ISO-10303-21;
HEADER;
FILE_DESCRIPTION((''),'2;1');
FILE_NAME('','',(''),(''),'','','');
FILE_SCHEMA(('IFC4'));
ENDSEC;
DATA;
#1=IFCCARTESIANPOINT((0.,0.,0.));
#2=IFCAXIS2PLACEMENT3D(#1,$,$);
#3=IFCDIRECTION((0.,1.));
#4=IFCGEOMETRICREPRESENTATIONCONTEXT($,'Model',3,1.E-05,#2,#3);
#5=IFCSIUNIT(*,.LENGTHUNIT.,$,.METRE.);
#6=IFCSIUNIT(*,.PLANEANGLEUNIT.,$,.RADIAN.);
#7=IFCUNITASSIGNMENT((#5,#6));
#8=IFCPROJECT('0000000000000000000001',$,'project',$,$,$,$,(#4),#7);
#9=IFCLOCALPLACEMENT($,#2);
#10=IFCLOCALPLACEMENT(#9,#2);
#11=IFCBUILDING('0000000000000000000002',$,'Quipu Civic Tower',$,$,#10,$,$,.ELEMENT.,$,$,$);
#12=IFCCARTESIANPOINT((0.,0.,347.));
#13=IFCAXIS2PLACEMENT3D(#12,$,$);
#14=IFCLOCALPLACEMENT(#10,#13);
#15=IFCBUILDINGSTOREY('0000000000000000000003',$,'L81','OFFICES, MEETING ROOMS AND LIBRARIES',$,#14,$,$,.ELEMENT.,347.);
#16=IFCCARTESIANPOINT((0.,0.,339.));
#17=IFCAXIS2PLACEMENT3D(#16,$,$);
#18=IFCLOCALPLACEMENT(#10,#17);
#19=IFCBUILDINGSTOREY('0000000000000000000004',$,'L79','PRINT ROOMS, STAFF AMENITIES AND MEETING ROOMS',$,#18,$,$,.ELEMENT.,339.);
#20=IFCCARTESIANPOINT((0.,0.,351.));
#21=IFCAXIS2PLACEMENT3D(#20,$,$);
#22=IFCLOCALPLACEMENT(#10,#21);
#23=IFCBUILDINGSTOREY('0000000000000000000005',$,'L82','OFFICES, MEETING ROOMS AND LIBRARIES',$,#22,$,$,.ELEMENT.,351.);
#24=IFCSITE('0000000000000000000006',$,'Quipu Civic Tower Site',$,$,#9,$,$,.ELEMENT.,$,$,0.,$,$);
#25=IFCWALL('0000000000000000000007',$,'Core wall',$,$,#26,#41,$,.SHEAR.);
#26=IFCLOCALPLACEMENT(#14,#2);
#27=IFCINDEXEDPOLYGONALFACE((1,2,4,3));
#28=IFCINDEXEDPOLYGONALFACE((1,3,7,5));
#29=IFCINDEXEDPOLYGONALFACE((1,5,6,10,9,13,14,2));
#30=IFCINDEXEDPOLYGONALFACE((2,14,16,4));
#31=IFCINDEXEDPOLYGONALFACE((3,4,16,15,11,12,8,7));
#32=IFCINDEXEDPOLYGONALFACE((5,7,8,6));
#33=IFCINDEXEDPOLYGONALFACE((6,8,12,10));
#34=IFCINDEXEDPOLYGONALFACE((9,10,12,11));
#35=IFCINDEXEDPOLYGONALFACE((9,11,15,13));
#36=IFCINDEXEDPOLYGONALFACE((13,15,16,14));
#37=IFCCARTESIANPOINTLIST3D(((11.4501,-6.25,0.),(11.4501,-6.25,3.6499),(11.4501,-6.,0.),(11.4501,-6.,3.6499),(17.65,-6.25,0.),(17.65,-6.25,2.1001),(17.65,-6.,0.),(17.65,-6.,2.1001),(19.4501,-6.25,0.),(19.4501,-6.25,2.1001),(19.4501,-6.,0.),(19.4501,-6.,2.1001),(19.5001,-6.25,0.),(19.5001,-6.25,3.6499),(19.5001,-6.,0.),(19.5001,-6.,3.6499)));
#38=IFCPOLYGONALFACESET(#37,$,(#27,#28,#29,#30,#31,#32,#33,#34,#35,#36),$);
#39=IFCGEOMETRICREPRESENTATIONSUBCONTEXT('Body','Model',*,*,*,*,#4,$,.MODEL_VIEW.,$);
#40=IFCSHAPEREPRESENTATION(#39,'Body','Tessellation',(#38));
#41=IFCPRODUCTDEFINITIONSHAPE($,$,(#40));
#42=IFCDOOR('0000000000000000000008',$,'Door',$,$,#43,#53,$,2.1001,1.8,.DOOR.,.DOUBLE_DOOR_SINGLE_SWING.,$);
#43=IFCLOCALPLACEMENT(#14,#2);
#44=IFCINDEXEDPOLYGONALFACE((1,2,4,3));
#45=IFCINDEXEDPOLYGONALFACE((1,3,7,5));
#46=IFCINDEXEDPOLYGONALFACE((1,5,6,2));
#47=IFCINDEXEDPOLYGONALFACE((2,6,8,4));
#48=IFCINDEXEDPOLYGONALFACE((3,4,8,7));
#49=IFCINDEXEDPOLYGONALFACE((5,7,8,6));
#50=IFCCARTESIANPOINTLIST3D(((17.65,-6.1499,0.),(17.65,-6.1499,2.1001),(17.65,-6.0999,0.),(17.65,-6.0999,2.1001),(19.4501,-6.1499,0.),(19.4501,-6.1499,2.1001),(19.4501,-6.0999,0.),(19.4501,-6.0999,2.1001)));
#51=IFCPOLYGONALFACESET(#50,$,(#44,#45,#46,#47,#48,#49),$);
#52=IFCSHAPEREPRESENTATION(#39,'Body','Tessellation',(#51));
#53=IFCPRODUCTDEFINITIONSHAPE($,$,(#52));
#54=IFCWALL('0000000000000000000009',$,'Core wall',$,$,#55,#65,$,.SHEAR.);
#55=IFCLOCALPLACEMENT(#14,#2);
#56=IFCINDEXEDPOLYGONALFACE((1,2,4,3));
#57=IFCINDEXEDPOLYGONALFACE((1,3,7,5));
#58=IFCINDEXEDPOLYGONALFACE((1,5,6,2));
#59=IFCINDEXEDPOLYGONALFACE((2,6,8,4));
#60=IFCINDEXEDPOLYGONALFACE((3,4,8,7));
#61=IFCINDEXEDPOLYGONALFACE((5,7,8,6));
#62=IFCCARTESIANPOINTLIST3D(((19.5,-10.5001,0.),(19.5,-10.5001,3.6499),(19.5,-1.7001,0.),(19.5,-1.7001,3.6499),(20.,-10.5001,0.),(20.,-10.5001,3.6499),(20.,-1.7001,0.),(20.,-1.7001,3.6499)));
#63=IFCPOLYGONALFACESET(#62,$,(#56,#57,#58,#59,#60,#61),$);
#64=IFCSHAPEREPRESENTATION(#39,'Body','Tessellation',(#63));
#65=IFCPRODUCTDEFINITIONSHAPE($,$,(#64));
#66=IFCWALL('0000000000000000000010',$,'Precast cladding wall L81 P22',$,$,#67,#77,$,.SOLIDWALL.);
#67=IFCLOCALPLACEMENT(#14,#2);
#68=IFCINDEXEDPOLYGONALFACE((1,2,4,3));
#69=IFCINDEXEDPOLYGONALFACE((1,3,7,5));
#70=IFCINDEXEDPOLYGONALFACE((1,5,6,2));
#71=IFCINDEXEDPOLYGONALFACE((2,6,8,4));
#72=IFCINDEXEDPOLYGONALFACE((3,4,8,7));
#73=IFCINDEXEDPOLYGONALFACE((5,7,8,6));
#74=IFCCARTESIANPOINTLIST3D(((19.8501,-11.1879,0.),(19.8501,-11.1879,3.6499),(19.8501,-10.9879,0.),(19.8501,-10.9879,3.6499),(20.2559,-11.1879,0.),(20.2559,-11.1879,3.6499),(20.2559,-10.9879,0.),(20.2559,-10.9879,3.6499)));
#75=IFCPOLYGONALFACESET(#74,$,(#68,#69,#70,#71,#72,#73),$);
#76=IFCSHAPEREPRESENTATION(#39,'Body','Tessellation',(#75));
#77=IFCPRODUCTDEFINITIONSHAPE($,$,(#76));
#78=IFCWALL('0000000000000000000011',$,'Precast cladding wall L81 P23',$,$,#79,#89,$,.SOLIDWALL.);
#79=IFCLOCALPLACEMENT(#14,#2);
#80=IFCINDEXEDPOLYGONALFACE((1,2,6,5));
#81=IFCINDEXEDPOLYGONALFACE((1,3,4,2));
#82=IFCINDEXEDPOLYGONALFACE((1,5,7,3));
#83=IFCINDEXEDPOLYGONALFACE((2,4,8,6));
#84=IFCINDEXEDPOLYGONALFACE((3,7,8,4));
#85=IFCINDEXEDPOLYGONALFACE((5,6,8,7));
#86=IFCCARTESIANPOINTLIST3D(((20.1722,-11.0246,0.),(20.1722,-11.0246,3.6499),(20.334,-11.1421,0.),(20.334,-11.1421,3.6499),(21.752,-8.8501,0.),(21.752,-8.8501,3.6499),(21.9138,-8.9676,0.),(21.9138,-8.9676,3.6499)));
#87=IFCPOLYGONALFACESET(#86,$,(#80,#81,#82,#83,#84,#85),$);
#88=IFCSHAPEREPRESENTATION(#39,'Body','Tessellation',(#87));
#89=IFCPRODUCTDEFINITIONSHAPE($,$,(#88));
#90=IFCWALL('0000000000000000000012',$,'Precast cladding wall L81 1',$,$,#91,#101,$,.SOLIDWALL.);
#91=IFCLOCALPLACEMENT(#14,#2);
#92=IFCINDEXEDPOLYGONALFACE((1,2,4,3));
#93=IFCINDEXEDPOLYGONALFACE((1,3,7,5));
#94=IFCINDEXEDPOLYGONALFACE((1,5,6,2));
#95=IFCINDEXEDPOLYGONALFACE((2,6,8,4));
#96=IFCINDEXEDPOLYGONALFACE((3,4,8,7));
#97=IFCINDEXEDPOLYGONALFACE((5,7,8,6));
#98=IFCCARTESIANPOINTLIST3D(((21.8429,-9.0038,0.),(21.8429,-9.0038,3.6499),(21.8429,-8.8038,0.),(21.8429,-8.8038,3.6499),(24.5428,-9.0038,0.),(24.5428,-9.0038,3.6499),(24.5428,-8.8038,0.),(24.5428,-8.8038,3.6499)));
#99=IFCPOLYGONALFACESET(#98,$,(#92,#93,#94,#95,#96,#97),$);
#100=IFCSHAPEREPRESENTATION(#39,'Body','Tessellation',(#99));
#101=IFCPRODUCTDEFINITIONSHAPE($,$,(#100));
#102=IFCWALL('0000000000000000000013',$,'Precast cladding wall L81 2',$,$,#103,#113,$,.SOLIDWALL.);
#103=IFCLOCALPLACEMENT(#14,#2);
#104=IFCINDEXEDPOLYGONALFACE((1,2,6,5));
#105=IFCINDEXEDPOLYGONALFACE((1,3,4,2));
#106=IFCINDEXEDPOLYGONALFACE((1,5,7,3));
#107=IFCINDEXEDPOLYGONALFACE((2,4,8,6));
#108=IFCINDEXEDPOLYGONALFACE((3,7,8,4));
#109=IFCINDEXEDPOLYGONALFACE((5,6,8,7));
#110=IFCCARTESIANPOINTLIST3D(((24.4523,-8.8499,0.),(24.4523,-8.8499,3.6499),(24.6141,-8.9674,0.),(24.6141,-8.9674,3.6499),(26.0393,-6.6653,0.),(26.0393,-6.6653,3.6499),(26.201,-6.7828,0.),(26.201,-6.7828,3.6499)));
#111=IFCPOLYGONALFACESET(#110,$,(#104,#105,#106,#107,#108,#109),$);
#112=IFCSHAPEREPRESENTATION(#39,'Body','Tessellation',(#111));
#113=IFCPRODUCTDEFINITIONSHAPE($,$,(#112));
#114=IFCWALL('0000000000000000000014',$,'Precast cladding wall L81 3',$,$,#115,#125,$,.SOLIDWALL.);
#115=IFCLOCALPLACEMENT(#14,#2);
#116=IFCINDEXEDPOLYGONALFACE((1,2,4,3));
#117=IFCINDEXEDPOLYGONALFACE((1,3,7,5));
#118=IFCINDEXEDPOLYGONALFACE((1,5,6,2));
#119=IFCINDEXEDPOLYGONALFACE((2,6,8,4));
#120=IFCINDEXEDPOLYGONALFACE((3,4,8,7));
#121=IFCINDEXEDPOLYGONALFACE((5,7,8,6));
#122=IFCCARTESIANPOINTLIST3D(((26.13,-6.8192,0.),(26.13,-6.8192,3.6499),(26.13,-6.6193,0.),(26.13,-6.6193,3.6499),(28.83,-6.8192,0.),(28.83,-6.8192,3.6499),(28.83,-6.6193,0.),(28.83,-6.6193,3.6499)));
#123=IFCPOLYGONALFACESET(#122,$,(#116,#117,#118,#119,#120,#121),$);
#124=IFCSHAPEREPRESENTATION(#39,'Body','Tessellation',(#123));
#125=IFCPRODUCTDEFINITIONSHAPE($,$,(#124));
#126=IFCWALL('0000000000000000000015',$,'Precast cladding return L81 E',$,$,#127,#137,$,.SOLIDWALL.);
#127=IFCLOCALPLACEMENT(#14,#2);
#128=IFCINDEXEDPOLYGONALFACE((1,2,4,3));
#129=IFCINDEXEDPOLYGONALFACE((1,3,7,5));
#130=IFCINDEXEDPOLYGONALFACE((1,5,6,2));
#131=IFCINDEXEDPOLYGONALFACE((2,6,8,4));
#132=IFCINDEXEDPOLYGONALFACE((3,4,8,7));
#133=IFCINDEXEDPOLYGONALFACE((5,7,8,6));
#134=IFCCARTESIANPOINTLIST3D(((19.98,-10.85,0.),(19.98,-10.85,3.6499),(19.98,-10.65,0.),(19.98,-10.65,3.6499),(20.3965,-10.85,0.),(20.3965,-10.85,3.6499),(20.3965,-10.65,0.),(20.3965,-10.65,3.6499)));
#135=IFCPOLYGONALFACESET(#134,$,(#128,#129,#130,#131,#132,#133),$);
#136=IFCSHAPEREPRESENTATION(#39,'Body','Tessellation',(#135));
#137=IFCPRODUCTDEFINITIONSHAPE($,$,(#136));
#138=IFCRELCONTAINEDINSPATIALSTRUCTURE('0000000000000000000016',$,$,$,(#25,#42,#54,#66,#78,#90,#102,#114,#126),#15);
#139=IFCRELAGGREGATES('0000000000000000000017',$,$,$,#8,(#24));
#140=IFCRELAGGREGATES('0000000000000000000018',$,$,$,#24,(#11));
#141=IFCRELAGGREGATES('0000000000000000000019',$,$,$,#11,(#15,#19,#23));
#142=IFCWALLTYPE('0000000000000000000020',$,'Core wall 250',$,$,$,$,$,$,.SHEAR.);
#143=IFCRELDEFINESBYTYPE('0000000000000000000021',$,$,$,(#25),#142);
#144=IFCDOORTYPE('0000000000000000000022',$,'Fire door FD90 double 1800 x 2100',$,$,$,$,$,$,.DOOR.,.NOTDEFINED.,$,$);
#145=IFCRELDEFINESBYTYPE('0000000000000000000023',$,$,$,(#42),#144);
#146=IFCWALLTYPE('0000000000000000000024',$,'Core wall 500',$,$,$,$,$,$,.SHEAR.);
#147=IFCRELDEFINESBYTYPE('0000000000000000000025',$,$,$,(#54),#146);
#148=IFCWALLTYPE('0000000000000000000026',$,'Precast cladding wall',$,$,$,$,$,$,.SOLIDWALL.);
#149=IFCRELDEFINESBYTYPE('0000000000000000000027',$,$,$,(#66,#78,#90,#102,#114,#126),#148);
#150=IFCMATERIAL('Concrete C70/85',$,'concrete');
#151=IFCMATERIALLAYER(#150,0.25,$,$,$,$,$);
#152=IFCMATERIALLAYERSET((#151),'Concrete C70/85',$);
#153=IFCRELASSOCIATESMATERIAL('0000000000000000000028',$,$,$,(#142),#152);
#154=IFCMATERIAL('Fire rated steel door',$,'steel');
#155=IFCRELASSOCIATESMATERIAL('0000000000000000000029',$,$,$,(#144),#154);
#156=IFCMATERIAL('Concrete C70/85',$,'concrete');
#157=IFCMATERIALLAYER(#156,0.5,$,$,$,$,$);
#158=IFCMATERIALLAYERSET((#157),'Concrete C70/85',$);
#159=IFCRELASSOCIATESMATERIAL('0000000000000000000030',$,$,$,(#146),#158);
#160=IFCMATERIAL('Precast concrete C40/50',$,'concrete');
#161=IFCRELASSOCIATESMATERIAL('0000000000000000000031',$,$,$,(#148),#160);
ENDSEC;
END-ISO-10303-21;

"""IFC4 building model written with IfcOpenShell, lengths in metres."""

from ifc_helpers import new_model, si_unit, direction, frame, frame_2d, origin, place, context, subcontext, project, spatial, rectangle, extrude, material, layer, layer_set, type_object, element, fill, save


model = new_model("IFC4")

# Units and contexts
model_context = context("Model", 3, precision=1e-05, world=origin(), true_north=direction((0.0, 1.0)))
body_context = subcontext(model_context, "Body", "Model", "MODEL_VIEW")
ifc_project = project(units=[si_unit("LENGTHUNIT", "METRE"), si_unit("PLANEANGLEUNIT", "RADIAN")], contexts=[model_context])

# Site, building, storey
site_placement = place(None, origin())
site = spatial("IfcSite", under=ifc_project, at=site_placement, Name="Quipu Civic Tower Site", CompositionType="ELEMENT", RefElevation=0.0)
building_placement = place(site_placement, origin())
building = spatial("IfcBuilding", under=site, at=building_placement, Name="Quipu Civic Tower", CompositionType="ELEMENT")
storey_1_placement = place(building_placement, frame((0.0, 0.0, 347.0)))
storey_1 = spatial("IfcBuildingStorey", under=building, at=storey_1_placement, Name="L81", Description="OFFICES, MEETING ROOMS AND LIBRARIES", CompositionType="ELEMENT", Elevation=347.0)

# Shared definitions
storey_2_placement = place(building_placement, frame((0.0, 0.0, 339.0)))
storey_2 = spatial("IfcBuildingStorey", under=building, at=storey_2_placement, Name="L79", Description="PRINT ROOMS, STAFF AMENITIES AND MEETING ROOMS", CompositionType="ELEMENT", Elevation=339.0)

# Shared definitions
storey_3_placement = place(building_placement, frame((0.0, 0.0, 351.0)))
storey_3 = spatial("IfcBuildingStorey", under=building, at=storey_3_placement, Name="L82", Description="OFFICES, MEETING ROOMS AND LIBRARIES", CompositionType="ELEMENT", Elevation=351.0)

# Wall, opening, door
ifc_material_1 = material(Name="Concrete C70/85", Category="concrete")
ifc_layer_1 = layer(ifc_material_1, 0.25)
ifc_layer_set_1 = layer_set([ifc_layer_1], Name="Concrete C70/85")
wall_type_1 = type_object("IfcWallType", Name="Core wall 250", PredefinedType="SHEAR", material=ifc_layer_set_1)
wall_1_placement = place(storey_1_placement, frame((19.5, -6.125, 0.0), z_axis=(0.0, 0.0, 1.0), x_axis=(-1.0, 0.0, 0.0)))
wall_1 = element("IfcWall", 1, at=wall_1_placement, inside=storey_1, type_object=wall_type_1, Name="Core wall", PredefinedType="SHEAR", context=body_context, shape_type="SweptSolid", body=[
    extrude(rectangle(XDim=8.05, YDim=0.25, at=frame_2d((4.0249, 0.0))), origin(), (0.0, 0.0, 1.0), 3.6499),
])
opening_placement = place(wall_1_placement, frame((0.05, 0.0, 0.0)))
opening = element("IfcOpeningElement", 2, at=opening_placement, cuts=wall_1, PredefinedType="OPENING", context=body_context, shape_type="SweptSolid", body=[
    extrude(rectangle(XDim=1.8, YDim=2.1001, at=frame_2d((0.8999, 1.05))), frame((0.0, 0.135, 0.0), z_axis=(0.0, -1.0, 0.0), x_axis=(1.0, 0.0, 0.0)), (0.0, 0.0, 1.0), 0.27),
])
ifc_material_2 = material(Name="Fire rated steel door", Category="steel")
door_type = type_object("IfcDoorType", Name="Fire door FD90 double 1800 x 2100", OperationType="NOTDEFINED", PredefinedType="DOOR", material=ifc_material_2)
door_placement = place(opening_placement, origin())
door = element("IfcDoor", 3, at=door_placement, inside=storey_1, type_object=door_type, Name="Door", OperationType="DOUBLE_DOOR_SINGLE_SWING", OverallHeight=2.1001, OverallWidth=1.8, PredefinedType="DOOR", context=body_context, shape_type="SweptSolid", body=[
    extrude(rectangle(XDim=1.8, YDim=2.1001, at=frame_2d((0.8999, 1.05))), frame((0.0, 0.0249, 0.0), z_axis=(0.0, -1.0, 0.0), x_axis=(1.0, 0.0, 0.0)), (0.0, 0.0, 1.0), 0.05),
])
fill(opening, door)

# Walls
ifc_material_3 = material(Name="Concrete C70/85", Category="concrete")
ifc_layer_2 = layer(ifc_material_3, 0.5)
ifc_layer_set_2 = layer_set([ifc_layer_2], Name="Concrete C70/85")
wall_type_2 = type_object("IfcWallType", Name="Core wall 500", PredefinedType="SHEAR", material=ifc_layer_set_2)
wall_2_placement = place(storey_1_placement, frame((19.75, -10.5, 0.0), z_axis=(0.0, 0.0, 1.0), x_axis=(0.0, 1.0, 0.0)))
element("IfcWall", 4, at=wall_2_placement, inside=storey_1, type_object=wall_type_2, Name="Core wall", PredefinedType="SHEAR", context=body_context, shape_type="SweptSolid", body=[
    extrude(rectangle(XDim=8.8, YDim=0.5, at=frame_2d((4.3999, 0.0))), origin(), (0.0, 0.0, 1.0), 3.6499),
])
ifc_material_4 = material(Name="Precast concrete C40/50", Category="concrete")
wall_type_3 = type_object("IfcWallType", Name="Precast cladding wall", PredefinedType="SOLIDWALL", material=ifc_material_4)
wall_3_placement = place(storey_1_placement, frame((19.8501, -11.0879, 0.0), z_axis=(0.0, 0.0, 1.0), x_axis=(1.0, 0.0, 0.0)))
element("IfcWall", 5, at=wall_3_placement, inside=storey_1, type_object=wall_type_3, Name="Precast cladding wall L81 P22", PredefinedType="SOLIDWALL", context=body_context, shape_type="SweptSolid", body=[
    extrude(rectangle(XDim=0.4058, YDim=0.2, at=frame_2d((0.2029, 0.0))), origin(), (0.0, 0.0, 1.0), 3.6499),
])
wall_4_placement = place(storey_1_placement, frame((20.2532, -11.0833, 0.0), z_axis=(0.0, 0.0, 1.0), x_axis=(0.587767, 0.809031, 0.0)))
element("IfcWall", 6, at=wall_4_placement, inside=storey_1, type_object=wall_type_3, Name="Precast cladding wall L81 P23", PredefinedType="SOLIDWALL", context=body_context, shape_type="SweptSolid", body=[
    extrude(rectangle(XDim=2.6877, YDim=0.2, at=frame_2d((1.3438, 0.0))), origin(), (0.0, 0.0, 1.0), 3.6499),
])
wall_5_placement = place(storey_1_placement, frame((21.8428, -8.9038, 0.0), z_axis=(0.0, 0.0, 1.0), x_axis=(1.0, 0.0, 0.0)))
element("IfcWall", 7, at=wall_5_placement, inside=storey_1, type_object=wall_type_3, Name="Precast cladding wall L81 1", PredefinedType="SOLIDWALL", context=body_context, shape_type="SweptSolid", body=[
    extrude(rectangle(XDim=2.7, YDim=0.2, at=frame_2d((1.3501, 0.0))), origin(), (0.0, 0.0, 1.0), 3.6499),
])
wall_6_placement = place(storey_1_placement, frame((24.5332, -8.9087, 0.0), z_axis=(0.0, 0.0, 1.0), x_axis=(0.58772, 0.809064, 0.0)))
element("IfcWall", 8, at=wall_6_placement, inside=storey_1, type_object=wall_type_3, Name="Precast cladding wall L81 2", PredefinedType="SOLIDWALL", context=body_context, shape_type="SweptSolid", body=[
    extrude(rectangle(XDim=2.7002, YDim=0.2, at=frame_2d((1.3501, 0.0))), origin(), (0.0, 0.0, 1.0), 3.6499),
])
wall_7_placement = place(storey_1_placement, frame((26.1299, -6.7192, 0.0), z_axis=(0.0, 0.0, 1.0), x_axis=(1.0, 0.0, 0.0)))
element("IfcWall", 9, at=wall_7_placement, inside=storey_1, type_object=wall_type_3, Name="Precast cladding wall L81 3", PredefinedType="SOLIDWALL", context=body_context, shape_type="SweptSolid", body=[
    extrude(rectangle(XDim=2.7, YDim=0.2, at=frame_2d((1.3501, 0.0))), origin(), (0.0, 0.0, 1.0), 3.6499),
])
wall_8_placement = place(storey_1_placement, frame((19.98, -10.75, 0.0), z_axis=(0.0, 0.0, 1.0), x_axis=(1.0, 0.0, 0.0)))
element("IfcWall", 10, at=wall_8_placement, inside=storey_1, type_object=wall_type_3, Name="Precast cladding return L81 E", PredefinedType="SOLIDWALL", context=body_context, shape_type="SweptSolid", body=[
    extrude(rectangle(XDim=0.4165, YDim=0.2, at=frame_2d((0.2083, 0.0))), origin(), (0.0, 0.0, 1.0), 3.6499),
])

save(model, "model.ifc")
